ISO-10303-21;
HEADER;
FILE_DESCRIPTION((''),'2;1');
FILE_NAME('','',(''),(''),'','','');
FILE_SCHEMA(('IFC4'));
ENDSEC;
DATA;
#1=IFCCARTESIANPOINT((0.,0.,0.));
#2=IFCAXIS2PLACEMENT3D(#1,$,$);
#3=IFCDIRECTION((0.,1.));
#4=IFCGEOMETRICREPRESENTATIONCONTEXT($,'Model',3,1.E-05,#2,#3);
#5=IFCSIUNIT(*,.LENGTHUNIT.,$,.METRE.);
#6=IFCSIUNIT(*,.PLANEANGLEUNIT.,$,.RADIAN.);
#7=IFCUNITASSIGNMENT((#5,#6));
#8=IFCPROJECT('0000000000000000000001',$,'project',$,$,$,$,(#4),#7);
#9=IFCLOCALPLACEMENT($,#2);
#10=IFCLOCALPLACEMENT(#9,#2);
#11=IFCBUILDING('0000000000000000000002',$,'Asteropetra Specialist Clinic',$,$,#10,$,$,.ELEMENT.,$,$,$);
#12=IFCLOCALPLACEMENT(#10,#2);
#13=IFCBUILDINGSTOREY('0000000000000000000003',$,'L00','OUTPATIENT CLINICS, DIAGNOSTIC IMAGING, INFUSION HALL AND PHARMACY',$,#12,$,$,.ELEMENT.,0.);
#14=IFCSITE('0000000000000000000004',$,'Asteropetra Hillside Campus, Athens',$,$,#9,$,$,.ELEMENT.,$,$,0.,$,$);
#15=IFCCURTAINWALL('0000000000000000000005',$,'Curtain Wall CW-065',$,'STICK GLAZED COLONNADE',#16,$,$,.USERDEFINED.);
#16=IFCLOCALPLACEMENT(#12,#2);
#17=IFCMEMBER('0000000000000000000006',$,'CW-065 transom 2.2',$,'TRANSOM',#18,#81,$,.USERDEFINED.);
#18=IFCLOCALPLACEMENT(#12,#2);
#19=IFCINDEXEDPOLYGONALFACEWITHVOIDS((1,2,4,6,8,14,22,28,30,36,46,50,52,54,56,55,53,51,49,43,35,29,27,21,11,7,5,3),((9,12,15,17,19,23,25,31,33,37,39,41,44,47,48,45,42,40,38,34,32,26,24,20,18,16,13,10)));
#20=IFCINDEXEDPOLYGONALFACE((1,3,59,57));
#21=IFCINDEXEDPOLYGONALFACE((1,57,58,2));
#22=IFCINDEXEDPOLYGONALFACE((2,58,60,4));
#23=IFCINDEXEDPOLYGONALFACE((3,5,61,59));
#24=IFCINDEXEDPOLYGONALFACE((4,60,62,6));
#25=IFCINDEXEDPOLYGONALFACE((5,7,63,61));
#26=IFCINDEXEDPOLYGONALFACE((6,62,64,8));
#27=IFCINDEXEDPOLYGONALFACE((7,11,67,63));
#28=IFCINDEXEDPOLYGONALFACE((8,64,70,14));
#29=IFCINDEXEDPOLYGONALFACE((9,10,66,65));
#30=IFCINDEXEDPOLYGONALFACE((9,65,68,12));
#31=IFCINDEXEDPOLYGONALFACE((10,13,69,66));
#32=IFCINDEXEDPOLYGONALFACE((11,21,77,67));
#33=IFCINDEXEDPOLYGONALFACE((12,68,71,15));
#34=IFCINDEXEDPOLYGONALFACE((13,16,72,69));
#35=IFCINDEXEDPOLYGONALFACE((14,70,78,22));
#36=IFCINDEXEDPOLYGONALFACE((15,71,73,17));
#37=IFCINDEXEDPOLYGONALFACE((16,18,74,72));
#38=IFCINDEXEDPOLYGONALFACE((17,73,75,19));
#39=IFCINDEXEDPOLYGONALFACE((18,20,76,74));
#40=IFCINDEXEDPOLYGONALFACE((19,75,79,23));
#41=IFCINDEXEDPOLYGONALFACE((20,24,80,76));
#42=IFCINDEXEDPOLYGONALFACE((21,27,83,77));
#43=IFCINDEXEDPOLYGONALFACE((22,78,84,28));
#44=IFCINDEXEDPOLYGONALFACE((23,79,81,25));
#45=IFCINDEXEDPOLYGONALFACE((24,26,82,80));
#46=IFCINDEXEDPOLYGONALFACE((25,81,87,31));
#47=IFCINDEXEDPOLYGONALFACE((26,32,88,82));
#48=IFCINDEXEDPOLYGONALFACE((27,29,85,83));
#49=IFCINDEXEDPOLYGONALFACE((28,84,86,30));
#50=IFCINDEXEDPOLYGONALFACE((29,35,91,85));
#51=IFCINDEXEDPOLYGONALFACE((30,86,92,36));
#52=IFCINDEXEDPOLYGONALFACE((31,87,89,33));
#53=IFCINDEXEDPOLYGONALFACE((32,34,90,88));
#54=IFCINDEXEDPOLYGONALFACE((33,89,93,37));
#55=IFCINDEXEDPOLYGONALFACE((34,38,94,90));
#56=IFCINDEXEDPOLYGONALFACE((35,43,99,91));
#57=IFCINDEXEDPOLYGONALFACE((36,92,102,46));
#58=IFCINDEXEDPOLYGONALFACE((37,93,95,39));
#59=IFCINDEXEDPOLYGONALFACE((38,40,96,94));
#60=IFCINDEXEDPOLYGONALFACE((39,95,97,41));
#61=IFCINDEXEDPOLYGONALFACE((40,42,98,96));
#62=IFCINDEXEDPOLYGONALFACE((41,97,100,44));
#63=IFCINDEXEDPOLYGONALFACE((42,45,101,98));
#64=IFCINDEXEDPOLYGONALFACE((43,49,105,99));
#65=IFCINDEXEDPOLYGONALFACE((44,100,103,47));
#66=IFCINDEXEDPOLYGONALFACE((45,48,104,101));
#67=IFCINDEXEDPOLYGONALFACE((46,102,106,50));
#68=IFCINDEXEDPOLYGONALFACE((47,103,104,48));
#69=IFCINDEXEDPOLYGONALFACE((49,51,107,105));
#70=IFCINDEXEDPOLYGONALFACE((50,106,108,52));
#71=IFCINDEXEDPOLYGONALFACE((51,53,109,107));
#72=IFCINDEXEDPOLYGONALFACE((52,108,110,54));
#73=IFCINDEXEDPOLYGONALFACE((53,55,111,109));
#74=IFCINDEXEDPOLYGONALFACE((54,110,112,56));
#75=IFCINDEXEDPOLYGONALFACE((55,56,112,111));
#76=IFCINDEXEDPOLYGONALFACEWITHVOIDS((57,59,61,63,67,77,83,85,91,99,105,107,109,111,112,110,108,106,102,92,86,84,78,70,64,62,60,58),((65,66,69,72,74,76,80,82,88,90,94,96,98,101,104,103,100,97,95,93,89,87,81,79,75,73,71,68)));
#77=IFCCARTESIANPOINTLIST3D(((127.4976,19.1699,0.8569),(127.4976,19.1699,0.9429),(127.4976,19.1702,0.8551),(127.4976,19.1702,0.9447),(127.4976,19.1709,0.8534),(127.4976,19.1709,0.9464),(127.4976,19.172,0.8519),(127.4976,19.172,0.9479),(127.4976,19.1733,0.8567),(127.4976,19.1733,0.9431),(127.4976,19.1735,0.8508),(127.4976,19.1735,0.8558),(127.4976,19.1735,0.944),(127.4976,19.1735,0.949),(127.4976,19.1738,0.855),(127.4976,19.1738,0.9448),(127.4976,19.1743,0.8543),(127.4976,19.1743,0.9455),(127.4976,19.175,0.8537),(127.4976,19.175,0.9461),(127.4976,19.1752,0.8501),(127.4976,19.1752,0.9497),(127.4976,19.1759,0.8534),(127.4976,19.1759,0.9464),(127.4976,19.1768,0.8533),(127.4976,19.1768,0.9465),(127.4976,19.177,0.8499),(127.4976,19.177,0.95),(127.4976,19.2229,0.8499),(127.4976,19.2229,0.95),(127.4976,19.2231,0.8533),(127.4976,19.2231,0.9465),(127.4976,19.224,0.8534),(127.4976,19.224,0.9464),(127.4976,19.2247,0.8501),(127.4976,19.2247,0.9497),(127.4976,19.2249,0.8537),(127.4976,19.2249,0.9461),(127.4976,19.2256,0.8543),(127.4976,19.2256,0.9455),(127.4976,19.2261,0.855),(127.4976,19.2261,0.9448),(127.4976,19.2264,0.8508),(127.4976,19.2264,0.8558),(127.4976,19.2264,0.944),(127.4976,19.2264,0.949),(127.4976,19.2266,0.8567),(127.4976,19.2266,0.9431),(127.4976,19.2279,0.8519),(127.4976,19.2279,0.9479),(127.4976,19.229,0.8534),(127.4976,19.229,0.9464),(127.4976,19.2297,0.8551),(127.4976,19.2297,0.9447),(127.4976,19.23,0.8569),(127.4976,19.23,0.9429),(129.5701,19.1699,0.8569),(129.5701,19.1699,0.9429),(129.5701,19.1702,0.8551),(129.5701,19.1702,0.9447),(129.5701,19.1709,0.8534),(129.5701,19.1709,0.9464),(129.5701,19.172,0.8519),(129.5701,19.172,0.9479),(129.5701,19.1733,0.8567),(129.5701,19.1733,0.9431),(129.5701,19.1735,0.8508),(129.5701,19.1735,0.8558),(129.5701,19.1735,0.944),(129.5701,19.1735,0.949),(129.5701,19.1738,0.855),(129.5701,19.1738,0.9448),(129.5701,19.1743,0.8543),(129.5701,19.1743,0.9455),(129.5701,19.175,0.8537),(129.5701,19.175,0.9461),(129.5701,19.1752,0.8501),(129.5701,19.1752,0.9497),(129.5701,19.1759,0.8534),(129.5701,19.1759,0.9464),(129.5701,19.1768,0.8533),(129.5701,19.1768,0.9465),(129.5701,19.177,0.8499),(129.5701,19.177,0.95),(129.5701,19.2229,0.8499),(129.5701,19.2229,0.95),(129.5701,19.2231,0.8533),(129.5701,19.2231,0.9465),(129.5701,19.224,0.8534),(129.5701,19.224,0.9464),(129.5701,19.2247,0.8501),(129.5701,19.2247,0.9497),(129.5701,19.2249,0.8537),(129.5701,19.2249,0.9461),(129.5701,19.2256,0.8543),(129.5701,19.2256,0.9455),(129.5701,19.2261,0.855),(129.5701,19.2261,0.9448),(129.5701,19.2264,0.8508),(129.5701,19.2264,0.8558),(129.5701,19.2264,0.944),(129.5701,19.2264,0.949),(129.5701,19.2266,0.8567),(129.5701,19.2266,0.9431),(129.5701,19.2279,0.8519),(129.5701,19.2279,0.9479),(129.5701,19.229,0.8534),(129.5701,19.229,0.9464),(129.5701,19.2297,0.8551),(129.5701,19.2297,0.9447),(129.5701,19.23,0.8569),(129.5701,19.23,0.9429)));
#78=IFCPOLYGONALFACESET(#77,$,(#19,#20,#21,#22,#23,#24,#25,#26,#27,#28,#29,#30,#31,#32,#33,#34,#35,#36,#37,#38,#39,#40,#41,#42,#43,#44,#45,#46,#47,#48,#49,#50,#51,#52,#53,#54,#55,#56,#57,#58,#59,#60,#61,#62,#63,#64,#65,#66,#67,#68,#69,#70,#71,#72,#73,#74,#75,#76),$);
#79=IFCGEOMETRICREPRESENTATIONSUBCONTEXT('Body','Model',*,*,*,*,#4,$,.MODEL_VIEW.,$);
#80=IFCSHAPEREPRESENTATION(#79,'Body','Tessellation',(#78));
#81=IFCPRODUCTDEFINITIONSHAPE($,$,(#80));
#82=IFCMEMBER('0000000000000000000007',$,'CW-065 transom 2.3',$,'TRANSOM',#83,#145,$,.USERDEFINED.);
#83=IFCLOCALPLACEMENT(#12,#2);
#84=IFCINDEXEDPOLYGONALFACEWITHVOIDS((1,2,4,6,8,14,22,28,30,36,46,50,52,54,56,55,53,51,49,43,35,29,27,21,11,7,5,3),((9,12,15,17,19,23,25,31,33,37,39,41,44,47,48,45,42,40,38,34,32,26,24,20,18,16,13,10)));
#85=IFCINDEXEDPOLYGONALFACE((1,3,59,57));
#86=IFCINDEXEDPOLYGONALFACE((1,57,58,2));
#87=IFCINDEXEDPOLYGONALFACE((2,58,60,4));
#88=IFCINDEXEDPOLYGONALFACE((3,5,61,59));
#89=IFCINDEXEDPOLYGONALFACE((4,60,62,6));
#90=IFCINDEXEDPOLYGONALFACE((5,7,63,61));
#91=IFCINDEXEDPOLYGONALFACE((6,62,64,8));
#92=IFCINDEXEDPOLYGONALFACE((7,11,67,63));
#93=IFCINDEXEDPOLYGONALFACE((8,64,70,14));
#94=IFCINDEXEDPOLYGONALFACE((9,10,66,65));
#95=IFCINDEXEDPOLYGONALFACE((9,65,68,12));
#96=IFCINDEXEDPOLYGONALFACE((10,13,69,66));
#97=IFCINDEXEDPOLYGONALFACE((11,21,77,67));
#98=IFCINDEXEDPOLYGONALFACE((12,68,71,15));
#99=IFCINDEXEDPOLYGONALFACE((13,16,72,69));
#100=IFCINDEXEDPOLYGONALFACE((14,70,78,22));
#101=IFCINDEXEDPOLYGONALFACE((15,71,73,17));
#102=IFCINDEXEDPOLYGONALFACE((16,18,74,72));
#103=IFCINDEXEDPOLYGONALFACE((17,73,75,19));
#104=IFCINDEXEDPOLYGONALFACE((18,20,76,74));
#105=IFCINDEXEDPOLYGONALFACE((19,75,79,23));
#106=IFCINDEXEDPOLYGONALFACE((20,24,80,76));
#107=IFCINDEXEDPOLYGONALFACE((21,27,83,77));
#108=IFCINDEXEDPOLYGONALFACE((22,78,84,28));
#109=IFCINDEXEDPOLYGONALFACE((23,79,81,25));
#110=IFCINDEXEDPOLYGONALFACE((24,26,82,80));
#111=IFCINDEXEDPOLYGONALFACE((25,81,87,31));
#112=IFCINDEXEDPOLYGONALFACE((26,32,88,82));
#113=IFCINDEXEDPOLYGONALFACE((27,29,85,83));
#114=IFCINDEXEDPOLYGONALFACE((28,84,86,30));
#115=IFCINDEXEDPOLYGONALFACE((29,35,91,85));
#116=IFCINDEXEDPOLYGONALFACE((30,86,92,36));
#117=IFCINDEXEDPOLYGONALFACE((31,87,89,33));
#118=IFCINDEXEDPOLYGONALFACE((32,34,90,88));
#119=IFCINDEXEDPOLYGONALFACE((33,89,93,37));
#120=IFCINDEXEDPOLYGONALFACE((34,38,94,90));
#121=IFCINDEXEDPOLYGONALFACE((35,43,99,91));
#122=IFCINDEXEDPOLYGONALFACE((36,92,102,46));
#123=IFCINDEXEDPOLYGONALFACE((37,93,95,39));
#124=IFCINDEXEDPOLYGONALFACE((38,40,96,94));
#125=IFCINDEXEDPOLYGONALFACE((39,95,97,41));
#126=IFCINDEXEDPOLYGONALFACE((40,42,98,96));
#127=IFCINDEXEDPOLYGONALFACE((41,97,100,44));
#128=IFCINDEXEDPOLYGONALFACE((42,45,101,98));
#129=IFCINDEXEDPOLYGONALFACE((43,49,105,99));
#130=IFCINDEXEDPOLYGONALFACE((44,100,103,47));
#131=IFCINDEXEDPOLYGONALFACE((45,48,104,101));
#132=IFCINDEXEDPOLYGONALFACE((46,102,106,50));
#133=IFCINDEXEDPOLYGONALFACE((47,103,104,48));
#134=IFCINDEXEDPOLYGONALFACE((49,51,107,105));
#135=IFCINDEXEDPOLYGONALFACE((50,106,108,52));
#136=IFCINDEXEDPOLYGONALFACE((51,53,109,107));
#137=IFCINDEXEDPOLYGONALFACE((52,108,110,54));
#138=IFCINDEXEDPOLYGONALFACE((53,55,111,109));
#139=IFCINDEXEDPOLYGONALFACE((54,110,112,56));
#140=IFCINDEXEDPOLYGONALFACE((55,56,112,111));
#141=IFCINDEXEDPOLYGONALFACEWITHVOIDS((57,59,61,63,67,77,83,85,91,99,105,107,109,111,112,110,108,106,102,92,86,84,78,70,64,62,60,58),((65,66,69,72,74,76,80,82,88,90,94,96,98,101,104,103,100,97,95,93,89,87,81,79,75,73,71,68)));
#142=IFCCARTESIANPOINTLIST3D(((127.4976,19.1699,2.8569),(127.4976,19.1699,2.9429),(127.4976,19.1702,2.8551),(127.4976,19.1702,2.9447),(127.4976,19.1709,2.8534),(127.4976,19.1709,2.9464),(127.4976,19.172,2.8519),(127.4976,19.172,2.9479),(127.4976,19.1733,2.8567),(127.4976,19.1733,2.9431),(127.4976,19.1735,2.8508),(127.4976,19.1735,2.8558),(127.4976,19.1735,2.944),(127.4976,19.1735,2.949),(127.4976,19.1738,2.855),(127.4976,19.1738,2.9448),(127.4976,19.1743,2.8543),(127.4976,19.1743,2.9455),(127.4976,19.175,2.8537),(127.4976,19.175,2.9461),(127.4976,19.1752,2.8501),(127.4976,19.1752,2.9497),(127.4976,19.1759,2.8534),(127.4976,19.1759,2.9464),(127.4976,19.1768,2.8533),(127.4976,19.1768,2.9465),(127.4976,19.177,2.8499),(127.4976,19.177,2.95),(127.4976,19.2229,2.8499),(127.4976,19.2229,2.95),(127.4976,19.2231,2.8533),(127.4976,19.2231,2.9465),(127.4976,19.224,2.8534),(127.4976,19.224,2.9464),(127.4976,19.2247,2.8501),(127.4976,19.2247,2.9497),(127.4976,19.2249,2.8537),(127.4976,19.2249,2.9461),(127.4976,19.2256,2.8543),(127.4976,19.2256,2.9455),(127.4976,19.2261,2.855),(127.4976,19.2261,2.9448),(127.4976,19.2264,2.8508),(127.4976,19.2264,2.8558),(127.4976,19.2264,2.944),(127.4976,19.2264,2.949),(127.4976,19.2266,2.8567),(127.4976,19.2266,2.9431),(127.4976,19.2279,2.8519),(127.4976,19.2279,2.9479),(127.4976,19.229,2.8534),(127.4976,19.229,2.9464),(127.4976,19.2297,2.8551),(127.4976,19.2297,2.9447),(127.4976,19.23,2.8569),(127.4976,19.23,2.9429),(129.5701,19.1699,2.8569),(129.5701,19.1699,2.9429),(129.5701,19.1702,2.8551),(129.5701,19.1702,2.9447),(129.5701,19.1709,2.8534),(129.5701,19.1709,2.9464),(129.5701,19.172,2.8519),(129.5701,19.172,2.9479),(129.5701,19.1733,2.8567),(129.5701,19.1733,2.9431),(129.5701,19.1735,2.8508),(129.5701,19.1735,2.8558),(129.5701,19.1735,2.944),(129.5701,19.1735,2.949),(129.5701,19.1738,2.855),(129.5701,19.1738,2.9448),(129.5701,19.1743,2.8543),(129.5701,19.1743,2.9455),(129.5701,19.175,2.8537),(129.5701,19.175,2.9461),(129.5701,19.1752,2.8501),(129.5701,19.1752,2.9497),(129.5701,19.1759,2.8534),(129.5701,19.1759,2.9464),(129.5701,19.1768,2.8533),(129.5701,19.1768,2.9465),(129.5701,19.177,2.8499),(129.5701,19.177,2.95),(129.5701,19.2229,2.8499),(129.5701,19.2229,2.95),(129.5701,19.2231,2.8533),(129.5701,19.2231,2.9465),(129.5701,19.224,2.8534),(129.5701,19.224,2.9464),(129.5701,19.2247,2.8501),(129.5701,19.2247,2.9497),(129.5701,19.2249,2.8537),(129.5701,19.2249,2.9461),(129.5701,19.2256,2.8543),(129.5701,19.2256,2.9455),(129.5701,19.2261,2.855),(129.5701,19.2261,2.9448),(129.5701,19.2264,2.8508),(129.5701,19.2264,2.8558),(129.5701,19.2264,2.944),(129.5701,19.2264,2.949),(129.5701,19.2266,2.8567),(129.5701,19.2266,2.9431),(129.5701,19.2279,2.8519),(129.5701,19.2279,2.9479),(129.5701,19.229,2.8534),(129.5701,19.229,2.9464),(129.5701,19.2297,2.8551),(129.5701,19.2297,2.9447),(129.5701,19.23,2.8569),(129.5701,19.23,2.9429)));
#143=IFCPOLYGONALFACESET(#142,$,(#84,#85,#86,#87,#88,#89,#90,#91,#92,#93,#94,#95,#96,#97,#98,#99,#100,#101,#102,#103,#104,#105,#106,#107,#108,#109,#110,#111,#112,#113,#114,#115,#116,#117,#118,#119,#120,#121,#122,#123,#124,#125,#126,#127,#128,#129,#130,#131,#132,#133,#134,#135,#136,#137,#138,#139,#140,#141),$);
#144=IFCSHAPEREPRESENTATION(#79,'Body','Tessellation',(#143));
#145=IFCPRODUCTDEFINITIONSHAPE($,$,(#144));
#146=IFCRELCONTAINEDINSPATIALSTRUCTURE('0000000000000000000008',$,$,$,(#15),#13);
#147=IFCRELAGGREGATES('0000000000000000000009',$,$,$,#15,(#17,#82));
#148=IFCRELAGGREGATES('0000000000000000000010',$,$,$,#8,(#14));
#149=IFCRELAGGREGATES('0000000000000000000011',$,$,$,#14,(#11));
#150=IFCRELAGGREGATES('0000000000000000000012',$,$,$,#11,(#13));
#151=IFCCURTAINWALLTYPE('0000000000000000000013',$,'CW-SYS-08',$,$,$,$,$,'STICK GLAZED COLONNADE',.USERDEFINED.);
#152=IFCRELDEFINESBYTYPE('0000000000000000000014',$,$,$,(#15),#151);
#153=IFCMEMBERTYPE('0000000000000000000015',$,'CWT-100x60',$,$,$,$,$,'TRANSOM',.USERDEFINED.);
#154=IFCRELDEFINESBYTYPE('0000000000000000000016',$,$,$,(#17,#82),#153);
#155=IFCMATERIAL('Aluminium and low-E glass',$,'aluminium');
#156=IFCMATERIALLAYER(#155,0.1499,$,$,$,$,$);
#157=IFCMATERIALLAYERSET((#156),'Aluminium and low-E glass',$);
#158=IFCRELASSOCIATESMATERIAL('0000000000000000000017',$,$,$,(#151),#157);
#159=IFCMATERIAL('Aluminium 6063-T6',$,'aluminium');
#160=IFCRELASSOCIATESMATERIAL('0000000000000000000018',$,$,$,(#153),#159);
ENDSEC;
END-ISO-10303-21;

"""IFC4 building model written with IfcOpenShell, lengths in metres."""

from ifc_helpers import new_model, si_unit, direction, frame, origin, origin_2d, place, context, subcontext, project, spatial, hollow_rectangle, extrude, material, layer, layer_set, material_profile, profile_set, type_object, element, aggregate, save


model = new_model("IFC4")

# Units and contexts
model_context = context("Model", 3, precision=1e-05, world=origin(), true_north=direction((0.0, 1.0)))
body_context = subcontext(model_context, "Body", "Model", "MODEL_VIEW")
ifc_project = project(units=[si_unit("LENGTHUNIT", "METRE"), si_unit("PLANEANGLEUNIT", "RADIAN")], contexts=[model_context])

# Site, building, storey
site_placement = place(None, origin())
site = spatial("IfcSite", under=ifc_project, at=site_placement, Name="Asteropetra Hillside Campus, Athens", CompositionType="ELEMENT", RefElevation=0.0)
building_placement = place(site_placement, origin())
building = spatial("IfcBuilding", under=site, at=building_placement, Name="Asteropetra Specialist Clinic", CompositionType="ELEMENT")
storey_placement = place(building_placement, origin())
storey = spatial("IfcBuildingStorey", under=building, at=storey_placement, Name="L00", Description="OUTPATIENT CLINICS, DIAGNOSTIC IMAGING, INFUSION HALL AND PHARMACY", CompositionType="ELEMENT", Elevation=0.0)

# Curtain wall, members
ifc_material_1 = material(Name="Aluminium and low-E glass", Category="aluminium")
ifc_layer_1 = layer(ifc_material_1, 0.1499)
ifc_layer_set_1 = layer_set([ifc_layer_1], Name="Aluminium and low-E glass")
curtain_wall_type = type_object("IfcCurtainWallType", Name="CW-SYS-08", ElementType="STICK GLAZED COLONNADE", PredefinedType="USERDEFINED", material=ifc_layer_set_1)
curtain_wall_placement = place(storey_placement, origin())
curtain_wall = element("IfcCurtainWall", 1, at=curtain_wall_placement, inside=storey, type_object=curtain_wall_type, Name="Curtain Wall CW-065", ObjectType="STICK GLAZED COLONNADE", PredefinedType="USERDEFINED")
ifc_material_2 = material(Name="Aluminium 6063-T6", Category="aluminium")
ifc_material_profile_1 = material_profile(ifc_material_2, hollow_rectangle(XDim=0.0601, YDim=0.1001, WallThickness=0.0034, InnerFilletRadius=0.0034, OuterFilletRadius=0.0071, at=origin_2d()), Name="TRN 100x60x3.5")
ifc_profile_set_1 = profile_set([ifc_material_profile_1], Name="Aluminium 6063-T6")
member_type_1 = type_object("IfcMemberType", Name="CWT-100x60", ElementType="TRANSOM", PredefinedType="USERDEFINED", material=ifc_profile_set_1)
member_1_placement = place(storey_placement, frame((127.4976, 19.2, 0.8999), z_axis=(1.0, 0.0, 0.0), x_axis=(0.0, 1.0, 0.0)))
member_1 = element("IfcMember", 2, at=member_1_placement, type_object=member_type_1, Name="CW-065 transom 2.2", ObjectType="TRANSOM", PredefinedType="USERDEFINED", context=body_context, shape_type="SweptSolid", body=[
    extrude(hollow_rectangle(XDim=0.0601, YDim=0.1001, WallThickness=0.0034, InnerFilletRadius=0.0034, OuterFilletRadius=0.0071, at=origin_2d()), origin(), (0.0, 0.0, 1.0), 2.0725),
])
member_2_placement = place(storey_placement, frame((127.4976, 19.2, 2.8999), z_axis=(1.0, 0.0, 0.0), x_axis=(0.0, 1.0, 0.0)))
member_2 = element("IfcMember", 3, at=member_2_placement, type_object=member_type_1, Name="CW-065 transom 2.3", ObjectType="TRANSOM", PredefinedType="USERDEFINED", context=body_context, shape_type="SweptSolid", body=[
    extrude(hollow_rectangle(XDim=0.0601, YDim=0.1001, WallThickness=0.0034, InnerFilletRadius=0.0034, OuterFilletRadius=0.0071, at=origin_2d()), origin(), (0.0, 0.0, 1.0), 2.0725),
])
aggregate(curtain_wall, [member_1, member_2])

save(model, "model.ifc")
